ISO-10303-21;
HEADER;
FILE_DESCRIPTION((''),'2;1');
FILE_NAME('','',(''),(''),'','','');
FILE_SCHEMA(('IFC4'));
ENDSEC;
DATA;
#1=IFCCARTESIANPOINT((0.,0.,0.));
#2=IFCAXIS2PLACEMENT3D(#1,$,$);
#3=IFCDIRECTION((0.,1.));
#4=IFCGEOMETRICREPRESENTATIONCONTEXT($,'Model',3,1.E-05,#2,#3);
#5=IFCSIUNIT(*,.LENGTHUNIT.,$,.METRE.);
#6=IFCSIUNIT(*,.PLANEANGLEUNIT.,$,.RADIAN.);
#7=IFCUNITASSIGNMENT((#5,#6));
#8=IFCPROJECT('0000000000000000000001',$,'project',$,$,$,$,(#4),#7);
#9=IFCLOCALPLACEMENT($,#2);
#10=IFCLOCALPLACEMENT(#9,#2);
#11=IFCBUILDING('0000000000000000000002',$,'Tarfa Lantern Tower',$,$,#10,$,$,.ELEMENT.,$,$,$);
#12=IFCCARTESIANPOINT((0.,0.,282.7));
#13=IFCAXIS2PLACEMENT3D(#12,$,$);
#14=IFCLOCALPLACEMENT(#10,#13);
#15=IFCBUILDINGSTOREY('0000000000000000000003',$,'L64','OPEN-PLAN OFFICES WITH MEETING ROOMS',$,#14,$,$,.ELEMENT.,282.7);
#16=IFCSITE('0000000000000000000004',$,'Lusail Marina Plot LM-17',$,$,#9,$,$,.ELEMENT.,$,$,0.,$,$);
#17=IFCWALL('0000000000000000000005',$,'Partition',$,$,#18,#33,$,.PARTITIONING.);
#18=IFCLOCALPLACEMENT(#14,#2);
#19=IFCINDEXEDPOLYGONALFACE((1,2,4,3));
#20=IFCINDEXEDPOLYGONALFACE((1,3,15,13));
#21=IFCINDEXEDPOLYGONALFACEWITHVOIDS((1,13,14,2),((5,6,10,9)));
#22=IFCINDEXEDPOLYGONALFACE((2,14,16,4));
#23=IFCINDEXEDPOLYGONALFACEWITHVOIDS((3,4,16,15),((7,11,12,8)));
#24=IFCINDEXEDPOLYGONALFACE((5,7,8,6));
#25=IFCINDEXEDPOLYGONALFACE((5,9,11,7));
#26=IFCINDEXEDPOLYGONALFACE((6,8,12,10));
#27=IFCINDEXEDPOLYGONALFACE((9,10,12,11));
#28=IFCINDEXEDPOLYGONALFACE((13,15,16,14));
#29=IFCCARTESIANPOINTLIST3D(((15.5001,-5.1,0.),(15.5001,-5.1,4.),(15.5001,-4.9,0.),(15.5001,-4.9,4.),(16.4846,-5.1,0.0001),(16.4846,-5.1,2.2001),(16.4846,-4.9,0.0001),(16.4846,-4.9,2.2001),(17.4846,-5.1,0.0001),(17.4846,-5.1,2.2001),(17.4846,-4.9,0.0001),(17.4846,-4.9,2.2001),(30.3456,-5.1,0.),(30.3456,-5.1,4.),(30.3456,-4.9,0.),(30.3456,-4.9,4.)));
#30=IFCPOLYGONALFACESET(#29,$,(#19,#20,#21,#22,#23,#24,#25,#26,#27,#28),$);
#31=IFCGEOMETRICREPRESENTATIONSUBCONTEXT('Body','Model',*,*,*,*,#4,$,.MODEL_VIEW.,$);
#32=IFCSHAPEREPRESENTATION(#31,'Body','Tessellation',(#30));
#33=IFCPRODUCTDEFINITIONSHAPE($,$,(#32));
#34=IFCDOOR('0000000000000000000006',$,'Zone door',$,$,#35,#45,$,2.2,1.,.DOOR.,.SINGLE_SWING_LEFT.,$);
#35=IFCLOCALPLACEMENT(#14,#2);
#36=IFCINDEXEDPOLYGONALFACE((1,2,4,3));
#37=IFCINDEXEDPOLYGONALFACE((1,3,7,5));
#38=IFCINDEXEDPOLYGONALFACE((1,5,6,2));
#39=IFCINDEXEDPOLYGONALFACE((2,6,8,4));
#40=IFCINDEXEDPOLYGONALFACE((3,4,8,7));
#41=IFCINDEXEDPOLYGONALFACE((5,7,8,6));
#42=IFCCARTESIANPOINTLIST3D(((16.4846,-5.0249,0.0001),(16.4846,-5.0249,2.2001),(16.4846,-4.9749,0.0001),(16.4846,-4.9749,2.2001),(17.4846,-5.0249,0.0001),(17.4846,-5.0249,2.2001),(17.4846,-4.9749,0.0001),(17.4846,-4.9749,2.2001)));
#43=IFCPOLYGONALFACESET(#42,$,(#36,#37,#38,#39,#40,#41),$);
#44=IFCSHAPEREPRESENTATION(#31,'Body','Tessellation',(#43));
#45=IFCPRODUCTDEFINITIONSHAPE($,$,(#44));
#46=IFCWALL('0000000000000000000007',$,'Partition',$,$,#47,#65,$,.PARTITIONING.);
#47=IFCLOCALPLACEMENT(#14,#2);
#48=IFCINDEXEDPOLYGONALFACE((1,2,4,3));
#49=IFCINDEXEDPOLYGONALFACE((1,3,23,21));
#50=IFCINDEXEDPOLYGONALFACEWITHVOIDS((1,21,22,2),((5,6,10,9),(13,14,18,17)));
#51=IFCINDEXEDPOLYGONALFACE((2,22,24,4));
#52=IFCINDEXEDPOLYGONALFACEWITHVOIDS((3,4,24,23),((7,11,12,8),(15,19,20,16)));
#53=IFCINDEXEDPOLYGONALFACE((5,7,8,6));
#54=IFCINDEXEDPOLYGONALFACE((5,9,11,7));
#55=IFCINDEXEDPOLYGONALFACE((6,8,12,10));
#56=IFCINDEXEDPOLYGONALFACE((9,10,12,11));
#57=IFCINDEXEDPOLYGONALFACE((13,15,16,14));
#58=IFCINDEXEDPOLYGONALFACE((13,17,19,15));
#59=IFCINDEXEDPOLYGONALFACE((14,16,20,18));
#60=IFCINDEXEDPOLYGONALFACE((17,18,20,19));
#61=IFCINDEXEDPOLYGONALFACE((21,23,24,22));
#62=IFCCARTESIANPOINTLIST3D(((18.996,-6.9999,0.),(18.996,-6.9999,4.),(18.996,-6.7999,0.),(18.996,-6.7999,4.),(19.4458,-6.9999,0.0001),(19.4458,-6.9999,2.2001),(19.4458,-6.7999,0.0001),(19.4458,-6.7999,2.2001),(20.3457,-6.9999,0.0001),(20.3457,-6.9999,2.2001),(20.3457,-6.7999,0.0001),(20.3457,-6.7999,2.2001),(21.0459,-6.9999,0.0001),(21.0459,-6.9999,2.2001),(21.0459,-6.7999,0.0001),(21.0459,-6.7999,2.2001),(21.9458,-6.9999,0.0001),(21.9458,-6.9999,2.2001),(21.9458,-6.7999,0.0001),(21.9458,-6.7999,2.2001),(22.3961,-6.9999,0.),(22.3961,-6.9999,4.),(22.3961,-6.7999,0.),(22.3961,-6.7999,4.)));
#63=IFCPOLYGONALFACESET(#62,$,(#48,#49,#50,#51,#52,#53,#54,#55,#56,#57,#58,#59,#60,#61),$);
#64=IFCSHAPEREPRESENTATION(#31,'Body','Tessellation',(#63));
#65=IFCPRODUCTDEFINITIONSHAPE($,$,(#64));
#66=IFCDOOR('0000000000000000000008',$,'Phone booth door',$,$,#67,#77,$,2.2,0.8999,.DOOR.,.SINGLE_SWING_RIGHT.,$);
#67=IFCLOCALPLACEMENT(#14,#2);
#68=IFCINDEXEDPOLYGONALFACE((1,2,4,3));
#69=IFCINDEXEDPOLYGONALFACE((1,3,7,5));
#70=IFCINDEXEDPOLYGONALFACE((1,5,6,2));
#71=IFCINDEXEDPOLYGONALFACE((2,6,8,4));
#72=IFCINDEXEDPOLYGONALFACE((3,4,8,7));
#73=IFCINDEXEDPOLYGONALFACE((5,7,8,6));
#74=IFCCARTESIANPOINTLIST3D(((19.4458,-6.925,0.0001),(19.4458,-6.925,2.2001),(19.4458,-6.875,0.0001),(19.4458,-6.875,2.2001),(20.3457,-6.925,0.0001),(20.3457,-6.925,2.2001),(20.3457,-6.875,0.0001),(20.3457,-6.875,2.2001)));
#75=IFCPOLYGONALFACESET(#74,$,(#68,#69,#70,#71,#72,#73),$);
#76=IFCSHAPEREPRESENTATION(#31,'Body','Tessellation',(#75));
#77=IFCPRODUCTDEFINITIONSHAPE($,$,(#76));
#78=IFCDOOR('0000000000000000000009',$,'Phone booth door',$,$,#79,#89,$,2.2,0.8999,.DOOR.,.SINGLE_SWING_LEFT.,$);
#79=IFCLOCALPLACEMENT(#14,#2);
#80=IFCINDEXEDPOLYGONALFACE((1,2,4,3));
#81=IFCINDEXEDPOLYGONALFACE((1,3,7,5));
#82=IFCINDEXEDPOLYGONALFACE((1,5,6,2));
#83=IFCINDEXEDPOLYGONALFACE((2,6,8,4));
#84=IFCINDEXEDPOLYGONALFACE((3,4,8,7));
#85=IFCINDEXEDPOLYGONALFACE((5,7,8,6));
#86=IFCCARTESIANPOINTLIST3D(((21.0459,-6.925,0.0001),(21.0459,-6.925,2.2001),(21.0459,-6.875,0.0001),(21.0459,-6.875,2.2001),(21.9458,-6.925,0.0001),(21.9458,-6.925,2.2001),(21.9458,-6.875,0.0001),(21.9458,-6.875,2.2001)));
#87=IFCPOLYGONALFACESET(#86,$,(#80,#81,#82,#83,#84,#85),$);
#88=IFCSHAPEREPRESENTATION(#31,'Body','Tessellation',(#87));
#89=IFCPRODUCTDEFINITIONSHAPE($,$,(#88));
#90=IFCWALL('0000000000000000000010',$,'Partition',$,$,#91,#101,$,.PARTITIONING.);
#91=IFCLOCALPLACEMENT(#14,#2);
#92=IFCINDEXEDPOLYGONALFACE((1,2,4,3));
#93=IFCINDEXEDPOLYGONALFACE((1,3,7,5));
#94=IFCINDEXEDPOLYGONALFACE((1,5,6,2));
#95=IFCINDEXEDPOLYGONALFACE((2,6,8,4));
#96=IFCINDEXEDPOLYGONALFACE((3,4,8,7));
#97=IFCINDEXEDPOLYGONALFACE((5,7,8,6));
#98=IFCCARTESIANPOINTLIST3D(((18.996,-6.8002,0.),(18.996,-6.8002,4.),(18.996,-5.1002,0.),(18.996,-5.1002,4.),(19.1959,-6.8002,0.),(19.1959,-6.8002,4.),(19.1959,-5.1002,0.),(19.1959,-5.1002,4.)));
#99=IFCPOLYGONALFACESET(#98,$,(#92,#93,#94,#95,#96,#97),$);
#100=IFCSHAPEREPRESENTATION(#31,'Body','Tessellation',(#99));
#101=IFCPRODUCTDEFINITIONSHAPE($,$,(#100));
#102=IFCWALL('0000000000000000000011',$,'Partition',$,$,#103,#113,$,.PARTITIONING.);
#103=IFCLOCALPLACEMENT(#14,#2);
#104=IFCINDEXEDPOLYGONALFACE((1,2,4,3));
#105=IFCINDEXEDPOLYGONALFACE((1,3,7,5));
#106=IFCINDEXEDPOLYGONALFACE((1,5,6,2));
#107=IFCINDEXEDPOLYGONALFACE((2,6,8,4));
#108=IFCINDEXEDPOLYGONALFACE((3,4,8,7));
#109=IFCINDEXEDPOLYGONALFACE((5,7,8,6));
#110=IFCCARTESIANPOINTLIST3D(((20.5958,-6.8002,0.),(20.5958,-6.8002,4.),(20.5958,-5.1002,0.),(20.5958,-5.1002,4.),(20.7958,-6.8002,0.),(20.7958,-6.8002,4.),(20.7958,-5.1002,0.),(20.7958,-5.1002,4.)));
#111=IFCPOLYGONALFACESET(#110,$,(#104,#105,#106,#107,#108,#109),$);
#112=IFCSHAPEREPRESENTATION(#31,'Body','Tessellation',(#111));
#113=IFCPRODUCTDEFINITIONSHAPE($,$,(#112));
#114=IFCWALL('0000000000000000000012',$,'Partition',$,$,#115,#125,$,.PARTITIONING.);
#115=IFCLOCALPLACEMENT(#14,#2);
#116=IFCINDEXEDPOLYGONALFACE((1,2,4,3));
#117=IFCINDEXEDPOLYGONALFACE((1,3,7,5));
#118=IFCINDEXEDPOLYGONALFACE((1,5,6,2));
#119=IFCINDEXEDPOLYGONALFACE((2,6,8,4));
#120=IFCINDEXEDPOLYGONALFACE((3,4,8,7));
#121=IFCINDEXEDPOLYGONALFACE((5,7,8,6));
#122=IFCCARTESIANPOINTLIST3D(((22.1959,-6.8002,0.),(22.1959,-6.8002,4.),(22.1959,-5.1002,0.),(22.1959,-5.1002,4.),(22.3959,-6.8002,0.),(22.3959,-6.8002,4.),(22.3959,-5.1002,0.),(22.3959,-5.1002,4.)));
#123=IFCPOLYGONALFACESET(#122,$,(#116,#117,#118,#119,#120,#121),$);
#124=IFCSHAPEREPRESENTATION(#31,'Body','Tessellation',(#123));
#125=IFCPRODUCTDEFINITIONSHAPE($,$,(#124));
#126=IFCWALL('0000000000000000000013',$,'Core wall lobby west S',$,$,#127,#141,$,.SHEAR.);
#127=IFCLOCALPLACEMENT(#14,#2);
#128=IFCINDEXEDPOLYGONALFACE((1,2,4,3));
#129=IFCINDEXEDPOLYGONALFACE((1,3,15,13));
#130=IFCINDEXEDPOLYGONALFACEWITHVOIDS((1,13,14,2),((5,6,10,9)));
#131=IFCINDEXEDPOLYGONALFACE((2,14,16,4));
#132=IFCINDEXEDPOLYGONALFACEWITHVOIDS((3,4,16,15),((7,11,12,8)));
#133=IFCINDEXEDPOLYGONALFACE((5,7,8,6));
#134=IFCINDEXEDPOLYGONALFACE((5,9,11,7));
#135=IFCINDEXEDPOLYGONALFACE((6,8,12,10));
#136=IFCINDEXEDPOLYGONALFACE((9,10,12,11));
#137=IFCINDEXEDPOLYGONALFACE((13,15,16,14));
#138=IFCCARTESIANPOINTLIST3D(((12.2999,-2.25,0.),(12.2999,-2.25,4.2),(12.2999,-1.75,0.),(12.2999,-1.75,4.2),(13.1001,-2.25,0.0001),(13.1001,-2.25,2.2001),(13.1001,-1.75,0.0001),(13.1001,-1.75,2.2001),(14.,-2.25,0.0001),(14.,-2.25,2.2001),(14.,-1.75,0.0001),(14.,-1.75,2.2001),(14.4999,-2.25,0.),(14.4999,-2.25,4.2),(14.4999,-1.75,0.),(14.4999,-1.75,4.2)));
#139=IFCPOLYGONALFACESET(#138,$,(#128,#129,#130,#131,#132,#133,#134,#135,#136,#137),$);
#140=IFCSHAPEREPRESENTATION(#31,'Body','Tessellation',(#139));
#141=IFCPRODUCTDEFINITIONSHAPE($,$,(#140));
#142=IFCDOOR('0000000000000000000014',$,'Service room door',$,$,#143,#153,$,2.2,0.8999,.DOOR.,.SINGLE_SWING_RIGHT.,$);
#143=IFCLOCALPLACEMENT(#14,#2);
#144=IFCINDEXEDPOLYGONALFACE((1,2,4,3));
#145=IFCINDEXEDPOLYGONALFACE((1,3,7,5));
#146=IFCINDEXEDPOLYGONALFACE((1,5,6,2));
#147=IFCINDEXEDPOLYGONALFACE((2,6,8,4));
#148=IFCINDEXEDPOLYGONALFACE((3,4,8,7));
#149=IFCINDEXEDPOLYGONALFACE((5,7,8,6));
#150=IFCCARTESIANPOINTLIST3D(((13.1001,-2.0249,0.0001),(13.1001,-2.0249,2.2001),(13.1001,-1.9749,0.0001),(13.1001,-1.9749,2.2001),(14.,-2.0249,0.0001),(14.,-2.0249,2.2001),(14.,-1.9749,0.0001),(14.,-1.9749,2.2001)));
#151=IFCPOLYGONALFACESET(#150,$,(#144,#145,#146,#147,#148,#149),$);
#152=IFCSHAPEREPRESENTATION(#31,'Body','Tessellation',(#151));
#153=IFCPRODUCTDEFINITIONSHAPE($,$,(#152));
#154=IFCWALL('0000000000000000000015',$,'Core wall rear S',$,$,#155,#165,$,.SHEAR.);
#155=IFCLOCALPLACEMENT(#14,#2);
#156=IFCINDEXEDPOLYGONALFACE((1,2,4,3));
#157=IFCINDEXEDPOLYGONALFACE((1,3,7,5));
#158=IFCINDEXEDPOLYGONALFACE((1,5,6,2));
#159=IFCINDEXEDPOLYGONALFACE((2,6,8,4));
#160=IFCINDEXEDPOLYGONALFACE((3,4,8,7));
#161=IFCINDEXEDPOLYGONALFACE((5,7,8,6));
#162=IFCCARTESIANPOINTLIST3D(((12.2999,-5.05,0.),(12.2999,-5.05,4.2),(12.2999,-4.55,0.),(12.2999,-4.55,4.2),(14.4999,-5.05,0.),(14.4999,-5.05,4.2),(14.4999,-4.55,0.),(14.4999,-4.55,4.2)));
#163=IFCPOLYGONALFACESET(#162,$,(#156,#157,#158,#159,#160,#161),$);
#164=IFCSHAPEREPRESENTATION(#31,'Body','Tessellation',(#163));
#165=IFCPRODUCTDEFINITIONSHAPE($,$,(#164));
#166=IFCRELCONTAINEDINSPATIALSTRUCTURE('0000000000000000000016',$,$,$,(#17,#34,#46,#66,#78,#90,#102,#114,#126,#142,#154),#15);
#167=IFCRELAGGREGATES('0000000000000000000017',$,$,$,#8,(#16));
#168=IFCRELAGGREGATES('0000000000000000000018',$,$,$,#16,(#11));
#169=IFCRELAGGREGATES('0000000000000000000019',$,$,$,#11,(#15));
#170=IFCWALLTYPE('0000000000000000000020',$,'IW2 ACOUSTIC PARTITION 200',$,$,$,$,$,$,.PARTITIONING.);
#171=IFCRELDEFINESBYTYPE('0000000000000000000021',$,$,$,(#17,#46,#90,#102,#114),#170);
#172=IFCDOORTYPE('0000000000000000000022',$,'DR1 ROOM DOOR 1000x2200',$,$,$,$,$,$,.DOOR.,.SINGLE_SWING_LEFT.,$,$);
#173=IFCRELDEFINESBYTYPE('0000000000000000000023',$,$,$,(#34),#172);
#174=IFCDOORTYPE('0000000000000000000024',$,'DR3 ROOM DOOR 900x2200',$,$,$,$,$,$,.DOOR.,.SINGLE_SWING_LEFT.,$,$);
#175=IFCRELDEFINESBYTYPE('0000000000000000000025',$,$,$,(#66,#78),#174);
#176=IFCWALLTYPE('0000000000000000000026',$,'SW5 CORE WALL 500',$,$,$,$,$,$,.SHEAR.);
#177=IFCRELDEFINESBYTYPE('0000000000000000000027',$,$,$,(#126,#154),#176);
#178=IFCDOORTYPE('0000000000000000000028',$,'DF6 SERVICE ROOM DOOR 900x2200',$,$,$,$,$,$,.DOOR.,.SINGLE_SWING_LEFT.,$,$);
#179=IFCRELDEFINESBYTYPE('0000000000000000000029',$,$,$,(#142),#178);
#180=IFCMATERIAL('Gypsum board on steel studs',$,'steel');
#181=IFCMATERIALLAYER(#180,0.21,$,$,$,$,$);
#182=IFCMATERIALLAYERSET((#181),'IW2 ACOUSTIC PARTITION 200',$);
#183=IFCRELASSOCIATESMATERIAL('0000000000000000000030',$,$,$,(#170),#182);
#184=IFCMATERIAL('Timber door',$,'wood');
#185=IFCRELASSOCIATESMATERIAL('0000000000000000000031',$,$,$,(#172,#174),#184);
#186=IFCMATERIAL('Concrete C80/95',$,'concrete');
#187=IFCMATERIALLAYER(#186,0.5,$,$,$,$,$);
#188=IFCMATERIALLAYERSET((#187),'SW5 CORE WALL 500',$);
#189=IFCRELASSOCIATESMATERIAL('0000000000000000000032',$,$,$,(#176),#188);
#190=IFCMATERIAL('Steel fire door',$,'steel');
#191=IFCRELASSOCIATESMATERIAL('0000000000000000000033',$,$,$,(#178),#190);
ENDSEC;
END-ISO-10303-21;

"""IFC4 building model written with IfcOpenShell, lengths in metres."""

from ifc_helpers import new_model, si_unit, direction, frame, frame_2d, origin, place, context, subcontext, project, spatial, rectangle, extrude, material, layer, layer_set, type_object, element, fill, save


model = new_model("IFC4")

# Units and contexts
model_context = context("Model", 3, precision=1e-05, world=origin(), true_north=direction((0.0, 1.0)))
body_context = subcontext(model_context, "Body", "Model", "MODEL_VIEW")
ifc_project = project(units=[si_unit("LENGTHUNIT", "METRE"), si_unit("PLANEANGLEUNIT", "RADIAN")], contexts=[model_context])

# Site, building, storey
site_placement = place(None, origin())
site = spatial("IfcSite", under=ifc_project, at=site_placement, Name="Lusail Marina Plot LM-17", CompositionType="ELEMENT", RefElevation=0.0)
building_placement = place(site_placement, origin())
building = spatial("IfcBuilding", under=site, at=building_placement, Name="Tarfa Lantern Tower", CompositionType="ELEMENT")
storey_placement = place(building_placement, frame((0.0, 0.0, 282.7)))
storey = spatial("IfcBuildingStorey", under=building, at=storey_placement, Name="L64", Description="OPEN-PLAN OFFICES WITH MEETING ROOMS", CompositionType="ELEMENT", Elevation=282.7)

# Shared definitions
ifc_material_1 = material(Name="Concrete C80/95", Category="concrete")

# Wall, opening, door
ifc_material_2 = material(Name="Gypsum board on steel studs", Category="steel")
ifc_layer_1 = layer(ifc_material_2, 0.21)
ifc_layer_set_1 = layer_set([ifc_layer_1], Name="IW2 ACOUSTIC PARTITION 200")
wall_type_1 = type_object("IfcWallType", Name="IW2 ACOUSTIC PARTITION 200", PredefinedType="PARTITIONING", material=ifc_layer_set_1)
ifc_material_3 = material(Name="Timber door", Category="wood")
door_type_1 = type_object("IfcDoorType", Name="DR1 ROOM DOOR 1000x2200", OperationType="SINGLE_SWING_LEFT", PredefinedType="DOOR", material=ifc_material_3)
wall_1_placement = place(storey_placement, frame((15.5, -5.0, 0.0), z_axis=(0.0, 0.0, 1.0), x_axis=(1.0, 0.0, 0.0)))
wall_1 = element("IfcWall", 1, at=wall_1_placement, inside=storey, type_object=wall_type_1, Name="Partition", PredefinedType="PARTITIONING", context=body_context, shape_type="SweptSolid", body=[
    extrude(rectangle(XDim=14.8455, YDim=0.2, at=frame_2d((7.4229, 0.0))), origin(), (0.0, 0.0, 1.0), 4.0),
])
opening_1_placement = place(wall_1_placement, frame((0.9846, 0.0, 0.0)))
opening_1 = element("IfcOpeningElement", 2, at=opening_1_placement, cuts=wall_1, PredefinedType="OPENING", context=body_context, shape_type="SweptSolid", body=[
    extrude(rectangle(XDim=1.0, YDim=2.2, at=frame_2d((0.5, 1.1001))), frame((0.0, 0.1099, 0.0), z_axis=(0.0, -1.0, 0.0), x_axis=(1.0, 0.0, 0.0)), (0.0, 0.0, 1.0), 0.22),
])
door_1_placement = place(opening_1_placement, frame((1.0, 0.0, 0.0), z_axis=(0.0, 0.0, 1.0), x_axis=(-1.0, 0.0, 0.0)))
door_1 = element("IfcDoor", 3, at=door_1_placement, inside=storey, type_object=door_type_1, Name="Zone door", OperationType="SINGLE_SWING_LEFT", OverallHeight=2.2, OverallWidth=1.0, PredefinedType="DOOR", context=body_context, shape_type="SweptSolid", body=[
    extrude(rectangle(XDim=1.0, YDim=2.2, at=frame_2d((0.5, 1.1001))), frame((0.0, 0.0249, 0.0), z_axis=(0.0, -1.0, 0.0), x_axis=(1.0, 0.0, 0.0)), (0.0, 0.0, 1.0), 0.05),
])
fill(opening_1, door_1)

# Wall, openings, doors
wall_2_placement = place(storey_placement, frame((18.9958, -6.8999, 0.0), z_axis=(0.0, 0.0, 1.0), x_axis=(1.0, 0.0, 0.0)))
wall_2 = element("IfcWall", 4, at=wall_2_placement, inside=storey, type_object=wall_type_1, Name="Partition", PredefinedType="PARTITIONING", context=body_context, shape_type="SweptSolid", body=[
    extrude(rectangle(XDim=3.4001, YDim=0.2, at=frame_2d((1.7002, 0.0))), origin(), (0.0, 0.0, 1.0), 4.0),
])
opening_2_placement = place(wall_2_placement, frame((0.45, 0.0, 0.0)))
opening_2 = element("IfcOpeningElement", 5, at=opening_2_placement, cuts=wall_2, PredefinedType="OPENING", context=body_context, shape_type="SweptSolid", body=[
    extrude(rectangle(XDim=0.8999, YDim=2.2, at=frame_2d((0.45, 1.1001))), frame((0.0, 0.1099, 0.0), z_axis=(0.0, -1.0, 0.0), x_axis=(1.0, 0.0, 0.0)), (0.0, 0.0, 1.0), 0.22),
])
opening_3_placement = place(wall_2_placement, frame((2.05, 0.0, 0.0)))
opening_3 = element("IfcOpeningElement", 6, at=opening_3_placement, cuts=wall_2, PredefinedType="OPENING", context=body_context, shape_type="SweptSolid", body=[
    extrude(rectangle(XDim=0.8999, YDim=2.2, at=frame_2d((0.45, 1.1001))), frame((0.0, 0.1099, 0.0), z_axis=(0.0, -1.0, 0.0), x_axis=(1.0, 0.0, 0.0)), (0.0, 0.0, 1.0), 0.22),
])
door_type_2 = type_object("IfcDoorType", Name="DR3 ROOM DOOR 900x2200", OperationType="SINGLE_SWING_LEFT", PredefinedType="DOOR", material=ifc_material_3)
door_2_placement = place(opening_2_placement, origin())
door_2 = element("IfcDoor", 7, at=door_2_placement, inside=storey, type_object=door_type_2, Name="Phone booth door", OperationType="SINGLE_SWING_RIGHT", OverallHeight=2.2, OverallWidth=0.8999, PredefinedType="DOOR", context=body_context, shape_type="SweptSolid", body=[
    extrude(rectangle(XDim=0.8999, YDim=2.2, at=frame_2d((0.45, 1.1001))), frame((0.0, 0.0249, 0.0), z_axis=(0.0, -1.0, 0.0), x_axis=(1.0, 0.0, 0.0)), (0.0, 0.0, 1.0), 0.05),
])
fill(opening_2, door_2)
door_3_placement = place(opening_3_placement, origin())
door_3 = element("IfcDoor", 8, at=door_3_placement, inside=storey, type_object=door_type_2, Name="Phone booth door", OperationType="SINGLE_SWING_LEFT", OverallHeight=2.2, OverallWidth=0.8999, PredefinedType="DOOR", context=body_context, shape_type="SweptSolid", body=[
    extrude(rectangle(XDim=0.8999, YDim=2.2, at=frame_2d((0.45, 1.1001))), frame((0.0, 0.0249, 0.0), z_axis=(0.0, -1.0, 0.0), x_axis=(1.0, 0.0, 0.0)), (0.0, 0.0, 1.0), 0.05),
])
fill(opening_3, door_3)

# Walls
for number, where, z_axis, x_axis, name in (
    (9, (19.0959, -5.1001, 0.0), (0.0, 0.0, 1.0), (0.0, -1.0, 0.0), "Partition"),
    (10, (20.6958, -5.1001, 0.0), (0.0, 0.0, 1.0), (0.0, -1.0, 0.0), "Partition"),
    (11, (22.2959, -5.1001, 0.0), (0.0, 0.0, 1.0), (0.0, -1.0, 0.0), "Partition"),
):
    element("IfcWall", number, at=place(storey_placement, frame(where, z_axis=z_axis, x_axis=x_axis)), inside=storey, type_object=wall_type_1, Name=name, PredefinedType="PARTITIONING", context=body_context, shape_type="SweptSolid", body=[
        extrude(rectangle(XDim=1.7, YDim=0.2, at=frame_2d((0.8501, 0.0))), origin(), (0.0, 0.0, 1.0), 4.0),
    ])

# Wall, opening, door
ifc_material_4 = material(Name="Steel fire door", Category="steel")
ifc_layer_2 = layer(ifc_material_1, 0.5)
ifc_layer_set_2 = layer_set([ifc_layer_2], Name="SW5 CORE WALL 500")
wall_type_2 = type_object("IfcWallType", Name="SW5 CORE WALL 500", PredefinedType="SHEAR", material=ifc_layer_set_2)
wall_3_placement = place(storey_placement, frame((14.5, -2.0, 0.0), z_axis=(0.0, 0.0, 1.0), x_axis=(-1.0, 0.0, 0.0)))
wall_3 = element("IfcWall", 12, at=wall_3_placement, inside=storey, type_object=wall_type_2, Name="Core wall lobby west S", PredefinedType="SHEAR", context=body_context, shape_type="SweptSolid", body=[
    extrude(rectangle(XDim=2.2, YDim=0.5, at=frame_2d((1.1001, 0.0))), origin(), (0.0, 0.0, 1.0), 4.2),
])
opening_4_placement = place(wall_3_placement, frame((0.5, 0.0, 0.0)))
opening_4 = element("IfcOpeningElement", 13, at=opening_4_placement, cuts=wall_3, PredefinedType="OPENING", context=body_context, shape_type="SweptSolid", body=[
    extrude(rectangle(XDim=0.8999, YDim=2.2, at=frame_2d((0.45, 1.1001))), frame((0.0, 0.26, 0.0), z_axis=(0.0, -1.0, 0.0), x_axis=(1.0, 0.0, 0.0)), (0.0, 0.0, 1.0), 0.52),
])
door_type_3 = type_object("IfcDoorType", Name="DF6 SERVICE ROOM DOOR 900x2200", OperationType="SINGLE_SWING_LEFT", PredefinedType="DOOR", material=ifc_material_4)
door_4_placement = place(opening_4_placement, origin())
door_4 = element("IfcDoor", 14, at=door_4_placement, inside=storey, type_object=door_type_3, Name="Service room door", OperationType="SINGLE_SWING_RIGHT", OverallHeight=2.2, OverallWidth=0.8999, PredefinedType="DOOR", context=body_context, shape_type="SweptSolid", body=[
    extrude(rectangle(XDim=0.8999, YDim=2.2, at=frame_2d((0.45, 1.1001))), frame((0.0, 0.0249, 0.0), z_axis=(0.0, -1.0, 0.0), x_axis=(1.0, 0.0, 0.0)), (0.0, 0.0, 1.0), 0.05),
])
fill(opening_4, door_4)

# Wall
wall_4_placement = place(storey_placement, frame((14.5, -4.8, 0.0), z_axis=(0.0, 0.0, 1.0), x_axis=(-1.0, 0.0, 0.0)))
element("IfcWall", 15, at=wall_4_placement, inside=storey, type_object=wall_type_2, Name="Core wall rear S", PredefinedType="SHEAR", context=body_context, shape_type="SweptSolid", body=[
    extrude(rectangle(XDim=2.2, YDim=0.5, at=frame_2d((1.1001, 0.0))), origin(), (0.0, 0.0, 1.0), 4.2),
])

save(model, "model.ifc")
